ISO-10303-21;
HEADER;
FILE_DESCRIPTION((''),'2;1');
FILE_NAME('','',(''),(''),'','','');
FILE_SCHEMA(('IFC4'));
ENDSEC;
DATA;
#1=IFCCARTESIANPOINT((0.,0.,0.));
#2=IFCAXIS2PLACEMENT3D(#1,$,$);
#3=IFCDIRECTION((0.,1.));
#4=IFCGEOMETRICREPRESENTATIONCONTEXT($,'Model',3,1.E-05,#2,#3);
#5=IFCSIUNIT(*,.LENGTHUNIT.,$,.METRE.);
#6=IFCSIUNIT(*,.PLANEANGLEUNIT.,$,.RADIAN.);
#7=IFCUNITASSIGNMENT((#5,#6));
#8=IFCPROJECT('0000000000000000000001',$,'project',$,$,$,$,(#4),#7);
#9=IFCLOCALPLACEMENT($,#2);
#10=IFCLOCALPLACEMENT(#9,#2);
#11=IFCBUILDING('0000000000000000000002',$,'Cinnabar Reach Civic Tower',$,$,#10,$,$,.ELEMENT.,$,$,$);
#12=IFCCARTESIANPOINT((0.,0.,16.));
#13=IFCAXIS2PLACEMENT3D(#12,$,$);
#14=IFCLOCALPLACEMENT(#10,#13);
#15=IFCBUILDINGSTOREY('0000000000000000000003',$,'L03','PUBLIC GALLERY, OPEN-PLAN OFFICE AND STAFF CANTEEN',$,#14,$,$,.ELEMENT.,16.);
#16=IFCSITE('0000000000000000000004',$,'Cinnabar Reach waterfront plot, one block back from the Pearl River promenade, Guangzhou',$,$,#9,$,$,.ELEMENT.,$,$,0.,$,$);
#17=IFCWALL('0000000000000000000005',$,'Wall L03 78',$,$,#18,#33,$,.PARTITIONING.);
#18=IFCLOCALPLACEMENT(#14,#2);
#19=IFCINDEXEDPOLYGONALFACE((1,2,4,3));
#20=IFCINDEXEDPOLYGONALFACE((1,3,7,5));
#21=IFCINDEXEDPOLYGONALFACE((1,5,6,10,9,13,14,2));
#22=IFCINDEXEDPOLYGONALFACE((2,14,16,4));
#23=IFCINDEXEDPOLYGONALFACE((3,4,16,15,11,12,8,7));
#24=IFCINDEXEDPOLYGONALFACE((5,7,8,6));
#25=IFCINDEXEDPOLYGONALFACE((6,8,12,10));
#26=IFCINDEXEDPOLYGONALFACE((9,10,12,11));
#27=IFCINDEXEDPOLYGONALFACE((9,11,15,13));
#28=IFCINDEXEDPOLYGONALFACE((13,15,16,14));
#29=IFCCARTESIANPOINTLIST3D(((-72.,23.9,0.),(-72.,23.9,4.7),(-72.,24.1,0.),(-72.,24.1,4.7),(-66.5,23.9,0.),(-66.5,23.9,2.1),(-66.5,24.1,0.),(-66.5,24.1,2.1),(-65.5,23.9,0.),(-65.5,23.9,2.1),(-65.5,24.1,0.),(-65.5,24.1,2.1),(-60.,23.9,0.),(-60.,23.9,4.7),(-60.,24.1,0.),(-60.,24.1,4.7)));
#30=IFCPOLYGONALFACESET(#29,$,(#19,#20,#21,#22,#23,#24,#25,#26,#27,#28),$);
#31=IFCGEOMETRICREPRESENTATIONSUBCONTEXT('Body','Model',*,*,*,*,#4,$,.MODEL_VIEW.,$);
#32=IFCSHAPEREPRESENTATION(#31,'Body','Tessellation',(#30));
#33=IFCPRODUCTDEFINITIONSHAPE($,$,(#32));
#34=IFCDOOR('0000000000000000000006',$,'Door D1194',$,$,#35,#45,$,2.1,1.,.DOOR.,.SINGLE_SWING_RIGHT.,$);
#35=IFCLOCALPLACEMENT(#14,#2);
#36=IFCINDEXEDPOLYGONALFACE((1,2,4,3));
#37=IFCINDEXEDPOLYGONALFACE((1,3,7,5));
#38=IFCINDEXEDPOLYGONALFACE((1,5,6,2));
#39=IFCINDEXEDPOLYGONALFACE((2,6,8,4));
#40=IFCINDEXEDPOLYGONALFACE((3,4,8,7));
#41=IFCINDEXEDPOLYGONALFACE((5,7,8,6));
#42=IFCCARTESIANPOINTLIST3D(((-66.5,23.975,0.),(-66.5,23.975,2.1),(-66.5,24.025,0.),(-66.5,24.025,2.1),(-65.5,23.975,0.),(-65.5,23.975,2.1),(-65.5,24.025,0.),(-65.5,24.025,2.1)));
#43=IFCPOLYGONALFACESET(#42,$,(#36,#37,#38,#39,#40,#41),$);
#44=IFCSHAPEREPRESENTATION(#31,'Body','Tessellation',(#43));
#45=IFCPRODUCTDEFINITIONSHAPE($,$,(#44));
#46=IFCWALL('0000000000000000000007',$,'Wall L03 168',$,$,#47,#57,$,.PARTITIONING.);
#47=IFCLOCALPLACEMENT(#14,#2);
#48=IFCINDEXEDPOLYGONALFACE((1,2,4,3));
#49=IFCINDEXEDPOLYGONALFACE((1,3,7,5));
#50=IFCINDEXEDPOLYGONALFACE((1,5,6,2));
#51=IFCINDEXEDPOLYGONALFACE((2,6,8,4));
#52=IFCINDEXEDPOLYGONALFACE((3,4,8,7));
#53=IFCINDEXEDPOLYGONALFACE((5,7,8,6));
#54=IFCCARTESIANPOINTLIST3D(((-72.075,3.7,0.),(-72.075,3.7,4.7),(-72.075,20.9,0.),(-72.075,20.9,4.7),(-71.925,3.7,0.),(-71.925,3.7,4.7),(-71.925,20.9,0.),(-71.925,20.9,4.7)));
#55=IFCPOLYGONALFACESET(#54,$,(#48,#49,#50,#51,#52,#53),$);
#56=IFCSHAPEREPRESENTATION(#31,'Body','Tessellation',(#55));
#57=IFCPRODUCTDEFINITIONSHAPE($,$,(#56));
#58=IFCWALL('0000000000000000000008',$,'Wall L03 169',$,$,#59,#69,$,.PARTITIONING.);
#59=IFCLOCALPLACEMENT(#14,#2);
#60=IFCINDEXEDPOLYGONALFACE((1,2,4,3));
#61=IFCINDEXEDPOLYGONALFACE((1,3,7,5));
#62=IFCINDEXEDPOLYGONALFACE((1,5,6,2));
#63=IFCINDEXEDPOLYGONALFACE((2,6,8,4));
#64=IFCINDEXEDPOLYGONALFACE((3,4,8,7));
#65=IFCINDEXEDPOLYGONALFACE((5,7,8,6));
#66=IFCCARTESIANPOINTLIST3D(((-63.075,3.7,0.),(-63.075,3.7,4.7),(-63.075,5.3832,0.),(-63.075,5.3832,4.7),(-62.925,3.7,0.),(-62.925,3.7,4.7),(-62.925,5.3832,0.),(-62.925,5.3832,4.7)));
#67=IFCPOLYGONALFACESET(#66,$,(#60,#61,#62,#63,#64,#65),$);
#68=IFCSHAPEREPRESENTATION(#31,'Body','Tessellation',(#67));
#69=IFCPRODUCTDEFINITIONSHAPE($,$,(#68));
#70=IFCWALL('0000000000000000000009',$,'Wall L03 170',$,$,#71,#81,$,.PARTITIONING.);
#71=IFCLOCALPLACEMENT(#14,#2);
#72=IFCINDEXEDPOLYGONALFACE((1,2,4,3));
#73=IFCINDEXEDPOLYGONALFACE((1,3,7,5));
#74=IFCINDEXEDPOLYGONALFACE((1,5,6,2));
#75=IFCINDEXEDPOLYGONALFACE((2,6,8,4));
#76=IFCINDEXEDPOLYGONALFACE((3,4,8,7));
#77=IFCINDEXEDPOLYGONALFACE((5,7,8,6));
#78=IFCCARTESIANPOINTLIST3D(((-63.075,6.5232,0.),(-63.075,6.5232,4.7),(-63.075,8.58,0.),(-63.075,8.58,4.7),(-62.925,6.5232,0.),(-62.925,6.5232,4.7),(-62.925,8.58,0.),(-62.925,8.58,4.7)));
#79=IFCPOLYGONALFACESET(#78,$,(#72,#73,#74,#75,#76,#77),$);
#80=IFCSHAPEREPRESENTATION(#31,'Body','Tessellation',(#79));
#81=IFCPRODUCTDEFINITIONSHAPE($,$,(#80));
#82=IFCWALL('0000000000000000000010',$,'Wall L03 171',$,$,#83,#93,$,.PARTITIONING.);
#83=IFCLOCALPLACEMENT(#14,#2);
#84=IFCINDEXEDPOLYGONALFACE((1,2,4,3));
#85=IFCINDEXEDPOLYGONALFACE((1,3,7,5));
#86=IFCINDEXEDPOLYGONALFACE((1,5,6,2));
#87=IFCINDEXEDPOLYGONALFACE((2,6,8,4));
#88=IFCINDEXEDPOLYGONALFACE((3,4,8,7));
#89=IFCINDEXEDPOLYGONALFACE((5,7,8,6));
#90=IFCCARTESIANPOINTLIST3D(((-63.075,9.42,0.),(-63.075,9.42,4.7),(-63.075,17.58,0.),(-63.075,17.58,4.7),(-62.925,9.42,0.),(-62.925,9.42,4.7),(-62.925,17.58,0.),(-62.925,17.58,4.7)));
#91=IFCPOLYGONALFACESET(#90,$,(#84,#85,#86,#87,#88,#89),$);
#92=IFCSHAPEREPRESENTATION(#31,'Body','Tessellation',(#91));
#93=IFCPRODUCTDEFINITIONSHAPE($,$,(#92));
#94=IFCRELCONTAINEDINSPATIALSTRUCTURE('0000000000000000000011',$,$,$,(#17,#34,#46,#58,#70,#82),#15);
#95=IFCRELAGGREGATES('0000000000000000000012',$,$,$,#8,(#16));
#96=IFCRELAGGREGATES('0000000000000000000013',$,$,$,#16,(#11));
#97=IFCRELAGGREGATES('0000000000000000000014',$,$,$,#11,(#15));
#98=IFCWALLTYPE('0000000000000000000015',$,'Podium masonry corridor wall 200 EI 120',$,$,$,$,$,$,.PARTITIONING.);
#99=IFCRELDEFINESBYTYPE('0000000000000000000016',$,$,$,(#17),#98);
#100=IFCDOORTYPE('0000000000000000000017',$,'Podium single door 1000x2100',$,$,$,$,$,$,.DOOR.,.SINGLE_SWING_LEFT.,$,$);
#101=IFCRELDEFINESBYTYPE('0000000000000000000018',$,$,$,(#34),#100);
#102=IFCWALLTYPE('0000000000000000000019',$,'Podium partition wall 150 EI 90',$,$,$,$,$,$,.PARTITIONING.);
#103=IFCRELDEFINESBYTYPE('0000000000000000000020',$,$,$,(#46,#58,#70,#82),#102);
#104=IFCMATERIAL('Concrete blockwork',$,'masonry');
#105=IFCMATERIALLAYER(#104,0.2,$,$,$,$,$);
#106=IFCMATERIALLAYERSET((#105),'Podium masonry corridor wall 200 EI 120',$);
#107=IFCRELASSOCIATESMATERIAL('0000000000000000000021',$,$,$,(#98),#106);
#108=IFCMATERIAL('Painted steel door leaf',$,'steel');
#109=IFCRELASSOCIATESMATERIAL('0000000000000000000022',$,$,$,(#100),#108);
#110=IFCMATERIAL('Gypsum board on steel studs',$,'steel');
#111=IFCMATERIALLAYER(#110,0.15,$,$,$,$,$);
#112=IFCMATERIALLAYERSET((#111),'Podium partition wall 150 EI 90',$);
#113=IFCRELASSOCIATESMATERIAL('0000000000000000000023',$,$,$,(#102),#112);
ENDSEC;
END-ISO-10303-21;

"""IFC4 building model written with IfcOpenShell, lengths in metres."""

from ifc_helpers import new_model, si_unit, direction, frame, frame_2d, origin, place, context, subcontext, project, spatial, rectangle, extrude, material, layer, layer_set, type_object, element, fill, save


model = new_model("IFC4")

# Units and contexts
model_context = context("Model", 3, precision=1e-05, world=origin(), true_north=direction((0.0, 1.0)))
body_context = subcontext(model_context, "Body", "Model", "MODEL_VIEW")
ifc_project = project(units=[si_unit("LENGTHUNIT", "METRE"), si_unit("PLANEANGLEUNIT", "RADIAN")], contexts=[model_context])

# Site, building, storey
site_placement = place(None, origin())
site = spatial("IfcSite", under=ifc_project, at=site_placement, Name="Cinnabar Reach waterfront plot, one block back from the Pearl River promenade, Guangzhou", CompositionType="ELEMENT", RefElevation=0.0)
building_placement = place(site_placement, origin())
building = spatial("IfcBuilding", under=site, at=building_placement, Name="Cinnabar Reach Civic Tower", CompositionType="ELEMENT")
storey_placement = place(building_placement, frame((0.0, 0.0, 16.0)))
storey = spatial("IfcBuildingStorey", under=building, at=storey_placement, Name="L03", Description="PUBLIC GALLERY, OPEN-PLAN OFFICE AND STAFF CANTEEN", CompositionType="ELEMENT", Elevation=16.0)

# Shared definitions
ifc_material_1 = material(Name="Concrete blockwork", Category="masonry")
ifc_layer_1 = layer(ifc_material_1, 0.2)
ifc_layer_set_1 = layer_set([ifc_layer_1], Name="Podium masonry corridor wall 200 EI 120")
wall_type_1 = type_object("IfcWallType", Name="Podium masonry corridor wall 200 EI 120", PredefinedType="PARTITIONING", material=ifc_layer_set_1)
ifc_material_2 = material(Name="Painted steel door leaf", Category="steel")
door_type = type_object("IfcDoorType", Name="Podium single door 1000x2100", OperationType="SINGLE_SWING_LEFT", PredefinedType="DOOR", material=ifc_material_2)

# Wall, opening, door
wall_1_placement = place(storey_placement, frame((-72.0, 24.0, 0.0), z_axis=(0.0, 0.0, 1.0), x_axis=(1.0, 0.0, 0.0)))
wall_1 = element("IfcWall", 1, at=wall_1_placement, inside=storey, type_object=wall_type_1, Name="Wall L03 78", PredefinedType="PARTITIONING", context=body_context, shape_type="SweptSolid", body=[
    extrude(rectangle(XDim=12.0, YDim=0.2, at=frame_2d((6.0, 0.0))), origin(), (0.0, 0.0, 1.0), 4.7),
])
opening_1_placement = place(wall_1_placement, frame((5.5, 0.0, 0.0)))
opening_1 = element("IfcOpeningElement", 2, at=opening_1_placement, cuts=wall_1, PredefinedType="OPENING", context=body_context, shape_type="SweptSolid", body=[
    extrude(rectangle(XDim=1.0, YDim=2.1, at=frame_2d((0.5, 1.05))), frame((0.0, 0.11, 0.0), z_axis=(0.0, -1.0, 0.0), x_axis=(1.0, 0.0, 0.0)), (0.0, 0.0, 1.0), 0.22),
])
door_1_placement = place(opening_1_placement, origin())
door_1 = element("IfcDoor", 3, at=door_1_placement, inside=storey, type_object=door_type, Name="Door D1194", OperationType="SINGLE_SWING_RIGHT", OverallHeight=2.1, OverallWidth=1.0, PredefinedType="DOOR", context=body_context, shape_type="SweptSolid", body=[
    extrude(rectangle(XDim=1.0, YDim=2.1, at=frame_2d((0.5, 1.05))), frame((0.0, 0.025, 0.0), z_axis=(0.0, -1.0, 0.0), x_axis=(1.0, 0.0, 0.0)), (0.0, 0.0, 1.0), 0.05),
])
fill(opening_1, door_1)

# Walls
ifc_material_3 = material(Name="Gypsum board on steel studs", Category="steel")
ifc_layer_2 = layer(ifc_material_3, 0.15)
ifc_layer_set_2 = layer_set([ifc_layer_2], Name="Podium partition wall 150 EI 90")
wall_type_2 = type_object("IfcWallType", Name="Podium partition wall 150 EI 90", PredefinedType="PARTITIONING", material=ifc_layer_set_2)
wall_2_placement = place(storey_placement, frame((-72.0, 3.7, 0.0), z_axis=(0.0, 0.0, 1.0), x_axis=(0.0, 1.0, 0.0)))
element("IfcWall", 4, at=wall_2_placement, inside=storey, type_object=wall_type_2, Name="Wall L03 168", PredefinedType="PARTITIONING", context=body_context, shape_type="SweptSolid", body=[
    extrude(rectangle(XDim=17.2, YDim=0.15, at=frame_2d((8.6, 0.0))), origin(), (0.0, 0.0, 1.0), 4.7),
])
wall_3_placement = place(storey_placement, frame((-63.0, 3.7, 0.0), z_axis=(0.0, 0.0, 1.0), x_axis=(0.0, 1.0, 0.0)))
element("IfcWall", 5, at=wall_3_placement, inside=storey, type_object=wall_type_2, Name="Wall L03 169", PredefinedType="PARTITIONING", context=body_context, shape_type="SweptSolid", body=[
    extrude(rectangle(XDim=1.6831, YDim=0.15, at=frame_2d((0.8416, 0.0))), origin(), (0.0, 0.0, 1.0), 4.7),
])
wall_4_placement = place(storey_placement, frame((-63.0, 6.5231, 0.0), z_axis=(0.0, 0.0, 1.0), x_axis=(0.0, 1.0, 0.0)))
element("IfcWall", 6, at=wall_4_placement, inside=storey, type_object=wall_type_2, Name="Wall L03 170", PredefinedType="PARTITIONING", context=body_context, shape_type="SweptSolid", body=[
    extrude(rectangle(XDim=2.0569, YDim=0.15, at=frame_2d((1.0285, 0.0))), origin(), (0.0, 0.0, 1.0), 4.7),
])
wall_5_placement = place(storey_placement, frame((-63.0, 9.42, 0.0), z_axis=(0.0, 0.0, 1.0), x_axis=(0.0, 1.0, 0.0)))
element("IfcWall", 7, at=wall_5_placement, inside=storey, type_object=wall_type_2, Name="Wall L03 171", PredefinedType="PARTITIONING", context=body_context, shape_type="SweptSolid", body=[
    extrude(rectangle(XDim=8.16, YDim=0.15, at=frame_2d((4.08, 0.0))), origin(), (0.0, 0.0, 1.0), 4.7),
])

save(model, "model.ifc")
